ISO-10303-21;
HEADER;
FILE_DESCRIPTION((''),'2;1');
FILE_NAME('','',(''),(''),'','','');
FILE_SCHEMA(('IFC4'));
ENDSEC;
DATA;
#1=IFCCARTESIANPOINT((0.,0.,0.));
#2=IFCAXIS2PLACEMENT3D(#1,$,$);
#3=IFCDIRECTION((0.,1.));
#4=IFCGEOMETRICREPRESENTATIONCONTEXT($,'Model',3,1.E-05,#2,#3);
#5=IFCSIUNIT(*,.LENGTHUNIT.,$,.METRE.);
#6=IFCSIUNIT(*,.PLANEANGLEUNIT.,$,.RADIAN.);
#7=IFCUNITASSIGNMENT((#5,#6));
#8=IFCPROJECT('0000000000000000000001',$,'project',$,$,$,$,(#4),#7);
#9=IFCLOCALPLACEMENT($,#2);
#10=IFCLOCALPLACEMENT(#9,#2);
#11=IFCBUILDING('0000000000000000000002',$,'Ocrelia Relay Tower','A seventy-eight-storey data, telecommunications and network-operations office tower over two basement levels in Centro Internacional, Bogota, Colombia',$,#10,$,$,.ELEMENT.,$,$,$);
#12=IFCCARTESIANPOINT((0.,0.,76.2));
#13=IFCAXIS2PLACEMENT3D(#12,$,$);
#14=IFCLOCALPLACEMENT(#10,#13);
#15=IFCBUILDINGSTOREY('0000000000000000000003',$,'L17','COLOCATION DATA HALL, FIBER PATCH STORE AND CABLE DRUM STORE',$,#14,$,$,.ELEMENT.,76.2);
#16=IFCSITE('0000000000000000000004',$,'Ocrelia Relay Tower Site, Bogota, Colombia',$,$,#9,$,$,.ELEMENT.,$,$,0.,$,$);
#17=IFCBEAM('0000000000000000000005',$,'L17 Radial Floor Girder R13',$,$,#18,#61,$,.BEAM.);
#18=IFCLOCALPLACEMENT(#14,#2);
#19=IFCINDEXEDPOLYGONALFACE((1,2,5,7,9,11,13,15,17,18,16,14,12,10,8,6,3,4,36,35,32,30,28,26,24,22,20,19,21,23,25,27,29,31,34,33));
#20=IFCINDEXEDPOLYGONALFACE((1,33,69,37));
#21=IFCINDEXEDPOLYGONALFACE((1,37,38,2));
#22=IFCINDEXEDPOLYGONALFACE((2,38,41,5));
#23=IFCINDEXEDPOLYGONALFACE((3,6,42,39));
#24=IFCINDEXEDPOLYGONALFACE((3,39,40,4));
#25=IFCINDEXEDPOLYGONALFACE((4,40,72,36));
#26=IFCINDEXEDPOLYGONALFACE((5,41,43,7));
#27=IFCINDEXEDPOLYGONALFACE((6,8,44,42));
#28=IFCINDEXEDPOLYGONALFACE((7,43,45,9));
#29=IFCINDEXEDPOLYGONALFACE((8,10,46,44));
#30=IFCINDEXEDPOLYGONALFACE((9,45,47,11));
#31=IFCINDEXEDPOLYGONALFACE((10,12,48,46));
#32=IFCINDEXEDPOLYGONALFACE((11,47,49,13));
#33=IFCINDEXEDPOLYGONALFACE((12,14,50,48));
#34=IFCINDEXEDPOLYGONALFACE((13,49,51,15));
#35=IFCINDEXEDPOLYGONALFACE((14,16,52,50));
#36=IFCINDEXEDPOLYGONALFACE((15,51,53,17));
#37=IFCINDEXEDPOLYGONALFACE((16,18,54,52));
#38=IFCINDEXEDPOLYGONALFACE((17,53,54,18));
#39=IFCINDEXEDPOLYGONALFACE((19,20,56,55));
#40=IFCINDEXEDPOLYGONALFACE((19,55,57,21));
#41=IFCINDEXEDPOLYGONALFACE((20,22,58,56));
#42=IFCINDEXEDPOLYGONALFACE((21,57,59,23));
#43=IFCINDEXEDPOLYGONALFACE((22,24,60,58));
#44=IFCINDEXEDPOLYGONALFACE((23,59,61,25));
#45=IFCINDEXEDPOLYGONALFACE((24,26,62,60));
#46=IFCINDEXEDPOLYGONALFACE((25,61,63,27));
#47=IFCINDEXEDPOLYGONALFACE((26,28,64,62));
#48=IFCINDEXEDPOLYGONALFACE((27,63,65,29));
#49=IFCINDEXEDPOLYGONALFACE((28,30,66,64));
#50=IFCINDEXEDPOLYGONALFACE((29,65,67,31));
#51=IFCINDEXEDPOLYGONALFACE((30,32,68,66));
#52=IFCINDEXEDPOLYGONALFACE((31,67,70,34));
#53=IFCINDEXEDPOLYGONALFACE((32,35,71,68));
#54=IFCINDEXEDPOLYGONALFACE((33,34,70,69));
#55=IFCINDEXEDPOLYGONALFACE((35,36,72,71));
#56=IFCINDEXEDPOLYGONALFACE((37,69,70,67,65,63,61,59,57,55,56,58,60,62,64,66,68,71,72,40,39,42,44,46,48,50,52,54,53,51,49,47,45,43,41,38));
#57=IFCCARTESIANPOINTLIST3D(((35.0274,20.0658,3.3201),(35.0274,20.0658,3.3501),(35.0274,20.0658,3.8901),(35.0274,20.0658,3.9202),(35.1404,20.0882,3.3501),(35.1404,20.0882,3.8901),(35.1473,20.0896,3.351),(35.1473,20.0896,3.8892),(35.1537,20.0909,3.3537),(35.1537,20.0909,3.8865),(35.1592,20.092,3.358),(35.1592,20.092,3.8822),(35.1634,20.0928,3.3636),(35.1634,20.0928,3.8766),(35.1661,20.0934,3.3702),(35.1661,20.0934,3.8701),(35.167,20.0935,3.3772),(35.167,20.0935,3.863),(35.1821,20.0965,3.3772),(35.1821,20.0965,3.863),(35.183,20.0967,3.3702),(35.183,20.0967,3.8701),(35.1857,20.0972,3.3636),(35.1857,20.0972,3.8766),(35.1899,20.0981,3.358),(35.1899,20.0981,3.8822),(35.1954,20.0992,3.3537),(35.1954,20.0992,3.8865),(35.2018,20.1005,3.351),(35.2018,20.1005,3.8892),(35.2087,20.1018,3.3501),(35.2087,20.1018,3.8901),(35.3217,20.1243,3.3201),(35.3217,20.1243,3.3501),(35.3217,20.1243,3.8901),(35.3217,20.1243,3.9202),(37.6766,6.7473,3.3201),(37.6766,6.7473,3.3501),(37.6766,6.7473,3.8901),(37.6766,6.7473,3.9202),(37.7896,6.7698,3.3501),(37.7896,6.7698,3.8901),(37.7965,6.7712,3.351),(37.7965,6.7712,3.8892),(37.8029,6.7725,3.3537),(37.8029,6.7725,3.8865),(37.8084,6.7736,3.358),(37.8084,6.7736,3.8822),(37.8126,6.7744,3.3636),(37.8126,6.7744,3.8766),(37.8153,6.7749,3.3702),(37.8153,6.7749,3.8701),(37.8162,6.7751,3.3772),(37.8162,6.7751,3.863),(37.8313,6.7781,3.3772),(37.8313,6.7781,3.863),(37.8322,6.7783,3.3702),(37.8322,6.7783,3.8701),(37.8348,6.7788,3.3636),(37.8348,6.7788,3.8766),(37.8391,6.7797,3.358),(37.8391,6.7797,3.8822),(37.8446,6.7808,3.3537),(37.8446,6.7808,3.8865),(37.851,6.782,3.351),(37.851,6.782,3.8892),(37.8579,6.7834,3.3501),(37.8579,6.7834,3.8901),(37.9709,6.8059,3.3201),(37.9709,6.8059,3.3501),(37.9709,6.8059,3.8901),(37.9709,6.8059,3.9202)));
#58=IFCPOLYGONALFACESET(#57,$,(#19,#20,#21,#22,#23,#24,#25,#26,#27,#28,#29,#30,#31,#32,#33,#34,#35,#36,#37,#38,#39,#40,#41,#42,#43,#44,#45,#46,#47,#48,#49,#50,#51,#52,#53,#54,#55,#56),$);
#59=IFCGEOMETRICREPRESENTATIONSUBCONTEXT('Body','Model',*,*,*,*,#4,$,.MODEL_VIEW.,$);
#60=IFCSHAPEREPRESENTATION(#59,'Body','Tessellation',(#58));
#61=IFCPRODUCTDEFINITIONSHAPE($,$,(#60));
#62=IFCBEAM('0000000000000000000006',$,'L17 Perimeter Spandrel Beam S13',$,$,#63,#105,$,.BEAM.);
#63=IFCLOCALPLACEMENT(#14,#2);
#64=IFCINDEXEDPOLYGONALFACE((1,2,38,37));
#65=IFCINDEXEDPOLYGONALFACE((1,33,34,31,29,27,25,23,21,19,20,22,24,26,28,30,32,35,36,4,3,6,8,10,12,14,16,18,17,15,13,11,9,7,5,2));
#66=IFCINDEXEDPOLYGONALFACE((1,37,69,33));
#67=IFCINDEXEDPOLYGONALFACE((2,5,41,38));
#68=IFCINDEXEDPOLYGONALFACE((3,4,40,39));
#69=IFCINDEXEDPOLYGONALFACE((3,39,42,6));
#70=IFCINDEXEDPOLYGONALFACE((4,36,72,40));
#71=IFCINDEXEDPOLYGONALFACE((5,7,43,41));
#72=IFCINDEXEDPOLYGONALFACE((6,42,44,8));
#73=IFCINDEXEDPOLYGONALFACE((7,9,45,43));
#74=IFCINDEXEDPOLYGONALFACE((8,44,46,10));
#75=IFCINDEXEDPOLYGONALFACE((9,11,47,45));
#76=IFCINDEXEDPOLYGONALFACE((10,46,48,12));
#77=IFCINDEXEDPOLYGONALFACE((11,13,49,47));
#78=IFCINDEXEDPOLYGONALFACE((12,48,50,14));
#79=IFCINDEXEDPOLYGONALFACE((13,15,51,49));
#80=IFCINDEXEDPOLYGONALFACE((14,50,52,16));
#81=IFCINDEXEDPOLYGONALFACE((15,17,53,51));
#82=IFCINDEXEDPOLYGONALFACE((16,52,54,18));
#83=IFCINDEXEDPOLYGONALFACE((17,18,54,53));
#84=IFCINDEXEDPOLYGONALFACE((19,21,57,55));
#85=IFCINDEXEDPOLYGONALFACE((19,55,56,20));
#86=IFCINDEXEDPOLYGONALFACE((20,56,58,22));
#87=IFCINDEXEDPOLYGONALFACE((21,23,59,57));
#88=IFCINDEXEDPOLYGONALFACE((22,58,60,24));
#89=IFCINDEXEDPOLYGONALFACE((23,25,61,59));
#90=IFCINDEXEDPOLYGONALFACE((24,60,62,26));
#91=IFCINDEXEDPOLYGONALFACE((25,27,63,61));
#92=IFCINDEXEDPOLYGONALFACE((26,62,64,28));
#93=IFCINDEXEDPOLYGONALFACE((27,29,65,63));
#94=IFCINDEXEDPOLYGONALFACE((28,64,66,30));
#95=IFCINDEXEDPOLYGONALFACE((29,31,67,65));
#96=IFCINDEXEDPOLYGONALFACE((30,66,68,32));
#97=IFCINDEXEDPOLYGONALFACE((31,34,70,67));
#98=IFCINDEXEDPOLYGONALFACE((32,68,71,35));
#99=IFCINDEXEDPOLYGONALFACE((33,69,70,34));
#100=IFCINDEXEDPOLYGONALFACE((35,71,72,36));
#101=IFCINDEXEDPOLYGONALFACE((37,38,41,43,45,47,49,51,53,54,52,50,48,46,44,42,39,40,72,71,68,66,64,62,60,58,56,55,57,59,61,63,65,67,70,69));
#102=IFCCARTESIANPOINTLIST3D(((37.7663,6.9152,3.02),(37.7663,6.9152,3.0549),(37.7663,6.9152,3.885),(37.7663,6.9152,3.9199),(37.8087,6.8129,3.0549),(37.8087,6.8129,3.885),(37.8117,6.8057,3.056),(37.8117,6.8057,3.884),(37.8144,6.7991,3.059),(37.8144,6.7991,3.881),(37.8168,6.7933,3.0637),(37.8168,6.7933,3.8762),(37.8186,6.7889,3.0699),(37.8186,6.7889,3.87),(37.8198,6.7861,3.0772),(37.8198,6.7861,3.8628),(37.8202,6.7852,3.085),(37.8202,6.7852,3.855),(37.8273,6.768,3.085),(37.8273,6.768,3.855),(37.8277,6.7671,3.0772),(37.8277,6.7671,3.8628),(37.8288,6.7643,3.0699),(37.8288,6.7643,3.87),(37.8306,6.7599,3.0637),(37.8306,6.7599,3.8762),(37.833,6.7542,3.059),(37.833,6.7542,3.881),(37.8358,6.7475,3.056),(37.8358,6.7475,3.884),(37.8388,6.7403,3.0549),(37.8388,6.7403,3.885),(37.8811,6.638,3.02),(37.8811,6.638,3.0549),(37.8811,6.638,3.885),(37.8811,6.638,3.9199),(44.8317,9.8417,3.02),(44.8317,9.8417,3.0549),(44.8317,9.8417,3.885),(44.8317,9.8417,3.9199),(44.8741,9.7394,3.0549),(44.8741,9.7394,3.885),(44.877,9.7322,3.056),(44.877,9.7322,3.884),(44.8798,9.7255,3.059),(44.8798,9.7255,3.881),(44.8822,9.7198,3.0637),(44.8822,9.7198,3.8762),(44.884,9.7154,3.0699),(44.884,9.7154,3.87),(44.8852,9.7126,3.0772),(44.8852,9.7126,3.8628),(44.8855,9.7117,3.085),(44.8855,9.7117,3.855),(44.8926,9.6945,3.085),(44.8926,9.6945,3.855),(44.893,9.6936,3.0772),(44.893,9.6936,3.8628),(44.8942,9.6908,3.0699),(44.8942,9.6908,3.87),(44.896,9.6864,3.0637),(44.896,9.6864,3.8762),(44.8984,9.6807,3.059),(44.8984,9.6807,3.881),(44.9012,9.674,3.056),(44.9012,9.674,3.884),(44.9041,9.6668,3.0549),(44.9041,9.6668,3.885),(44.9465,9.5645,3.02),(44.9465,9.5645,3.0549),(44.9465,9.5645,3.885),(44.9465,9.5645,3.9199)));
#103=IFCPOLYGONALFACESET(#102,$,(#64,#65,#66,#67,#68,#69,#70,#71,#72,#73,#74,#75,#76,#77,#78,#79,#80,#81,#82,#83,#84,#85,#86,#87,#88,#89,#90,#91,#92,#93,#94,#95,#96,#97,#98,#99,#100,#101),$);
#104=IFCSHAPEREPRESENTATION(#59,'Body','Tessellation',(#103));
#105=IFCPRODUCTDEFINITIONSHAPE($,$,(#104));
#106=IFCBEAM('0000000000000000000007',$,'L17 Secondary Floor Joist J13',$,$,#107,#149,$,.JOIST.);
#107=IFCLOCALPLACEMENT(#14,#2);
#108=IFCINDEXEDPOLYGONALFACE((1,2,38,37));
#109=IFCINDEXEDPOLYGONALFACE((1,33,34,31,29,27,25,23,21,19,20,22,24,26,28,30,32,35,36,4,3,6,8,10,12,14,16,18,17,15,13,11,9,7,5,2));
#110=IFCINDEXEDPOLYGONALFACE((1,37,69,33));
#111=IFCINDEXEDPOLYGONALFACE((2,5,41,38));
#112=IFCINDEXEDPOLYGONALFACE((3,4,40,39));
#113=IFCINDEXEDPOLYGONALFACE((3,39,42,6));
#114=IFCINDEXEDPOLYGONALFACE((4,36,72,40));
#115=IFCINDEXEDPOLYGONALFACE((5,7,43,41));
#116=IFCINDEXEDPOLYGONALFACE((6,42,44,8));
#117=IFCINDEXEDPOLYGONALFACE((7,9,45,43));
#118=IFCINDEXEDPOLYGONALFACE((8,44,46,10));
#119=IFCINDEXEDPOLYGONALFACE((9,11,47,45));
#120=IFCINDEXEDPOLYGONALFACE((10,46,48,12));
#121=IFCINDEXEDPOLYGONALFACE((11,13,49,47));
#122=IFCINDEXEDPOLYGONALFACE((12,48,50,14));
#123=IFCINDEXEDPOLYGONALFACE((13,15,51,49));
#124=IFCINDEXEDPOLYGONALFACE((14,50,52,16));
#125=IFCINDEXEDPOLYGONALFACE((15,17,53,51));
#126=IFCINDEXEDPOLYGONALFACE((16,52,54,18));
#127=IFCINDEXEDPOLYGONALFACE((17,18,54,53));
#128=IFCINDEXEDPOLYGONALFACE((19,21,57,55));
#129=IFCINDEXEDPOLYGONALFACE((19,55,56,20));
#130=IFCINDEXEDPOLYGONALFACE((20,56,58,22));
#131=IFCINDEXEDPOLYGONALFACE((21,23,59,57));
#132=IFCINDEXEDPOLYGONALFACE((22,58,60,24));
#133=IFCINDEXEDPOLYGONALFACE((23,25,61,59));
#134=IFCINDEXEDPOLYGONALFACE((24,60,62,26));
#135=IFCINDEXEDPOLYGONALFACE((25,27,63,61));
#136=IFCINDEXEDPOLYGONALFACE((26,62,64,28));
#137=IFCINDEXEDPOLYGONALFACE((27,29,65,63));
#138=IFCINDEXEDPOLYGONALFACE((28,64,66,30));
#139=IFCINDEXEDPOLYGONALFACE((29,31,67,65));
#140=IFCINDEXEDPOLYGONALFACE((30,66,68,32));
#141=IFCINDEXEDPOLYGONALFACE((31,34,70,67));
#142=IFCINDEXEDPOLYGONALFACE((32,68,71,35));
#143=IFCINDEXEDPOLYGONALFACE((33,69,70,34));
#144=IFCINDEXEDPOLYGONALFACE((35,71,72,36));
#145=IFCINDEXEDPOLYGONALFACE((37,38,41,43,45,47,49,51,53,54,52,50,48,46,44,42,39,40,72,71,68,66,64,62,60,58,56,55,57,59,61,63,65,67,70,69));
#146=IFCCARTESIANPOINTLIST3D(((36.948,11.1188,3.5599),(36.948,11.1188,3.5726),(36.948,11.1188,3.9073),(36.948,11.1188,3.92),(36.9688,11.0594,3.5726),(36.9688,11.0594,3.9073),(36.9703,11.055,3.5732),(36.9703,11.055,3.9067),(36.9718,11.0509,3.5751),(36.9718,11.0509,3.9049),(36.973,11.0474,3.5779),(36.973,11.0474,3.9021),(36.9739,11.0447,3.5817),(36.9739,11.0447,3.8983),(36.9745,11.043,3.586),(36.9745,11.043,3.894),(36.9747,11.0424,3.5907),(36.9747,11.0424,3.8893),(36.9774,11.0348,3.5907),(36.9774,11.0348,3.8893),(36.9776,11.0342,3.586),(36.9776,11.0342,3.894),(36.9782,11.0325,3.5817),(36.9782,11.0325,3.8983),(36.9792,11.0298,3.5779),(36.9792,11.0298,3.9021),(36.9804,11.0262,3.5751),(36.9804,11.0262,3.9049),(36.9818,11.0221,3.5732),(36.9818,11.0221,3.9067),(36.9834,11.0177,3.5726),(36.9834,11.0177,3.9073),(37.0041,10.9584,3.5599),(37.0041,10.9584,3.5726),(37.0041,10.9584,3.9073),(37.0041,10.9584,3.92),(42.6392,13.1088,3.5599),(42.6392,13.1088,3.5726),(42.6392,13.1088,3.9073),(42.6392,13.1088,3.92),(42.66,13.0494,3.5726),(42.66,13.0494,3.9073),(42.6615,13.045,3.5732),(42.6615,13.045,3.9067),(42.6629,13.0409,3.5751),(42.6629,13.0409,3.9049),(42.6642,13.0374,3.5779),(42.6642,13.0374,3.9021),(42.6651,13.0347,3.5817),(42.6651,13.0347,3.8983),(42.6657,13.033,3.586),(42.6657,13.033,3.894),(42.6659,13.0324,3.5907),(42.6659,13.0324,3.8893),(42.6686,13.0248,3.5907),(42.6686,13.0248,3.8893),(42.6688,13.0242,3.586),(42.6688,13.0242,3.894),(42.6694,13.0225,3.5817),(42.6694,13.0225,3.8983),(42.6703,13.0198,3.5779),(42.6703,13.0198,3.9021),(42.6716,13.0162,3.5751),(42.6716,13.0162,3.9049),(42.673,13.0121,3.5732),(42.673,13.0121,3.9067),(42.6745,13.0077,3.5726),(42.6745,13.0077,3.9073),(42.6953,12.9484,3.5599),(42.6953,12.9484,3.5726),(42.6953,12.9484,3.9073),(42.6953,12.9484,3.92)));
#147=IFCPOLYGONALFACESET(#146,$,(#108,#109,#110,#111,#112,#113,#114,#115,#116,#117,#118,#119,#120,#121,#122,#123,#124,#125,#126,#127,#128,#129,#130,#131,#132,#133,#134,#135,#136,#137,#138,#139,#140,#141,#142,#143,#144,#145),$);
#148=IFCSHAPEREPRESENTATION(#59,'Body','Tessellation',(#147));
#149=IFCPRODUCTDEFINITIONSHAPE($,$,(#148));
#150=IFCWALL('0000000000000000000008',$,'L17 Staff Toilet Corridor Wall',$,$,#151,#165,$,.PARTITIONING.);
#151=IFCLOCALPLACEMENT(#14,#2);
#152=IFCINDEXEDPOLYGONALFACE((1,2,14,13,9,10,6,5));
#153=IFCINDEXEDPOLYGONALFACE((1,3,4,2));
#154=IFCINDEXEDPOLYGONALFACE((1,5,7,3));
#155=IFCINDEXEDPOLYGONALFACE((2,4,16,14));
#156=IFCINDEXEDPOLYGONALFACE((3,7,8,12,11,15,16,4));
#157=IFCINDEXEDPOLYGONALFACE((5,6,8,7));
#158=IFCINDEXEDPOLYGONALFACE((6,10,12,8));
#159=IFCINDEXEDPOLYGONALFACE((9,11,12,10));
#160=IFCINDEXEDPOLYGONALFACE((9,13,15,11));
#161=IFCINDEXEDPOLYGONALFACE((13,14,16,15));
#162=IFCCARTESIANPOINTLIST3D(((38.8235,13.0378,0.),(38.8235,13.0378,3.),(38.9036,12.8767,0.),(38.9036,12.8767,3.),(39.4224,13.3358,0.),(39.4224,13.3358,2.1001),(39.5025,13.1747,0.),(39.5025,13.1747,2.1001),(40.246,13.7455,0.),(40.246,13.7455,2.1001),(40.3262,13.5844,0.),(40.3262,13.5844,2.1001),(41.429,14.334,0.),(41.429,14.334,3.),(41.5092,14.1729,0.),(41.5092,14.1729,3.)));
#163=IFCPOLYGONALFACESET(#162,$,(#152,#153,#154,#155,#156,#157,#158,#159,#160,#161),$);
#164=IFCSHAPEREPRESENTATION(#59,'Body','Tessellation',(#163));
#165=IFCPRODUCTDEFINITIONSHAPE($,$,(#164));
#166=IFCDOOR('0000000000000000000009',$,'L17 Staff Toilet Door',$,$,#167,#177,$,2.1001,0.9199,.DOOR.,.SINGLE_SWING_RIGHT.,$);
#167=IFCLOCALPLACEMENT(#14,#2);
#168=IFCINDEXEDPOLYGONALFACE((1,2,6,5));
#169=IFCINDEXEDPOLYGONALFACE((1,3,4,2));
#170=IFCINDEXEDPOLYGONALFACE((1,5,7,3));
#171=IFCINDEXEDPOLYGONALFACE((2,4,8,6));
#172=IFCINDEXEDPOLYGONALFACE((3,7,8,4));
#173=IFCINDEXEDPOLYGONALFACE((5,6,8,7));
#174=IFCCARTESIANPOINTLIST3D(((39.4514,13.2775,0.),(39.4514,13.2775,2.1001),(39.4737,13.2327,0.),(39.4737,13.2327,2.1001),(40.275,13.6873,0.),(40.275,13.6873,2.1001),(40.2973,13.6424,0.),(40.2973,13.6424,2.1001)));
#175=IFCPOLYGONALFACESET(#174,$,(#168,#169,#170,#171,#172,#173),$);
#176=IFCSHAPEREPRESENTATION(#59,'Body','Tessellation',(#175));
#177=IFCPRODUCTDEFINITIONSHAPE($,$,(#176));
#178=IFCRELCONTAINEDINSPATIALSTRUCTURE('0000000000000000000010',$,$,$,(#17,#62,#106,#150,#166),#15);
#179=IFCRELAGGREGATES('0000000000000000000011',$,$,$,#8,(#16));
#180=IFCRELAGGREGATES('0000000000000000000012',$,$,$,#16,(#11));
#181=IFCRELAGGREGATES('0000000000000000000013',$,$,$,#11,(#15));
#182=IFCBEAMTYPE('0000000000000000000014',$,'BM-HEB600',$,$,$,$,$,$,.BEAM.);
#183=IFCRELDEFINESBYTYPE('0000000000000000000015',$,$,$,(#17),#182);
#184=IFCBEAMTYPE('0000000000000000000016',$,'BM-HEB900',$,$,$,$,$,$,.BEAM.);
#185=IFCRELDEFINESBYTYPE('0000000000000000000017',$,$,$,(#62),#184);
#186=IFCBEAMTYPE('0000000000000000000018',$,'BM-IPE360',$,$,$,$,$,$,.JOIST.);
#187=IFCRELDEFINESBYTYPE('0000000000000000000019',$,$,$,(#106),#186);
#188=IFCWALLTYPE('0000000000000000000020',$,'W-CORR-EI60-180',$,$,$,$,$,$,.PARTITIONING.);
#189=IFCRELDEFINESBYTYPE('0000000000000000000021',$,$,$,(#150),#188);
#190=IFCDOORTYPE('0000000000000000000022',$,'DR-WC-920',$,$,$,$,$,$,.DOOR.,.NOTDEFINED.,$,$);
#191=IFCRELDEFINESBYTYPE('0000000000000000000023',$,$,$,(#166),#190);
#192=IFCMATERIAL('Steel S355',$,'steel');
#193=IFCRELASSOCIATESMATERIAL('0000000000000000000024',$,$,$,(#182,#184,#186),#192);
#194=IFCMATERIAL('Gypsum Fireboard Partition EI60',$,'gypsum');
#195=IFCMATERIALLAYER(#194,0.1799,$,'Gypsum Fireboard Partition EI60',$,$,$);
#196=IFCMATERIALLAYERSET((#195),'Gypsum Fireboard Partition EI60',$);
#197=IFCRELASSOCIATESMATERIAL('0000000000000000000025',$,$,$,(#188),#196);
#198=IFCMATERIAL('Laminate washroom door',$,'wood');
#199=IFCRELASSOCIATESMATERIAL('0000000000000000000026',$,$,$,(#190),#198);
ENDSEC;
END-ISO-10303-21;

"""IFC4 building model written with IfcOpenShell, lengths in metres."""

from ifc_helpers import new_model, si_unit, direction, frame, frame_2d, origin, origin_2d, place, context, subcontext, project, spatial, rectangle, i_section, extrude, material, layer, layer_set, material_profile, profile_set, type_object, element, fill, save


model = new_model("IFC4")

# Units and contexts
model_context = context("Model", 3, precision=1e-05, world=origin(), true_north=direction((0.0, 1.0)))
body_context = subcontext(model_context, "Body", "Model", "MODEL_VIEW")
ifc_project = project(units=[si_unit("LENGTHUNIT", "METRE"), si_unit("PLANEANGLEUNIT", "RADIAN")], contexts=[model_context])

# Site, building, storey
site_placement = place(None, origin())
site = spatial("IfcSite", under=ifc_project, at=site_placement, Name="Ocrelia Relay Tower Site, Bogota, Colombia", CompositionType="ELEMENT", RefElevation=0.0)
building_placement = place(site_placement, origin())
building = spatial("IfcBuilding", under=site, at=building_placement, Name="Ocrelia Relay Tower", Description="A seventy-eight-storey data, telecommunications and network-operations office tower over two basement levels in Centro Internacional, Bogota, Colombia", CompositionType="ELEMENT")
storey_placement = place(building_placement, frame((0.0, 0.0, 76.2)))
storey = spatial("IfcBuildingStorey", under=building, at=storey_placement, Name="L17", Description="COLOCATION DATA HALL, FIBER PATCH STORE AND CABLE DRUM STORE", CompositionType="ELEMENT", Elevation=76.2)

# Beams
ifc_material_1 = material(Name="Steel S355", Category="steel")
ifc_material_profile_1 = material_profile(ifc_material_1, i_section(OverallWidth=0.3, OverallDepth=0.6001, WebThickness=0.0154, FlangeThickness=0.03, FilletRadius=0.0271, at=origin_2d()), Name="HEB 600")
ifc_profile_set_1 = profile_set([ifc_material_profile_1], Name="Steel S355")
beam_type_1 = type_object("IfcBeamType", Name="BM-HEB600", PredefinedType="BEAM", material=ifc_profile_set_1)
beam_1_placement = place(storey_placement, frame((37.8237, 6.7766, 3.6201), z_axis=(-0.195089, 0.980786, 0.0), x_axis=(-0.980786, -0.195089, 0.0)))
element("IfcBeam", 1, at=beam_1_placement, inside=storey, type_object=beam_type_1, Name="L17 Radial Floor Girder R13", PredefinedType="BEAM", context=body_context, shape_type="SweptSolid", body=[
    extrude(i_section(OverallWidth=0.3, OverallDepth=0.6001, WebThickness=0.0154, FlangeThickness=0.03, FilletRadius=0.0271, at=origin_2d()), origin(), (0.0, 0.0, 1.0), 13.5793),
])
ifc_material_profile_2 = material_profile(ifc_material_1, i_section(OverallWidth=0.3, OverallDepth=0.8999, WebThickness=0.0186, FlangeThickness=0.0349, FilletRadius=0.03, at=origin_2d()), Name="HEB 900")
ifc_profile_set_2 = profile_set([ifc_material_profile_2], Name="Steel S355")
beam_type_2 = type_object("IfcBeamType", Name="BM-HEB900", PredefinedType="BEAM", material=ifc_profile_set_2)
beam_2_placement = place(storey_placement, frame((37.8237, 6.7766, 3.47), z_axis=(0.923883, 0.382674, 0.0), x_axis=(-0.382674, 0.923883, 0.0)))
element("IfcBeam", 2, at=beam_2_placement, inside=storey, type_object=beam_type_2, Name="L17 Perimeter Spandrel Beam S13", PredefinedType="BEAM", context=body_context, shape_type="SweptSolid", body=[
    extrude(i_section(OverallWidth=0.3, OverallDepth=0.8999, WebThickness=0.0186, FlangeThickness=0.0349, FilletRadius=0.03, at=origin_2d()), origin(), (0.0, 0.0, 1.0), 7.6475),
])
ifc_material_profile_3 = material_profile(ifc_material_1, i_section(OverallWidth=0.1699, OverallDepth=0.3601, WebThickness=0.0081, FlangeThickness=0.0127, FilletRadius=0.0181, at=origin_2d()), Name="IPE 360")
ifc_profile_set_3 = profile_set([ifc_material_profile_3], Name="Steel S355")
beam_type_3 = type_object("IfcBeamType", Name="BM-IPE360", PredefinedType="JOIST", material=ifc_profile_set_3)
beam_3_placement = place(storey_placement, frame((36.9761, 11.0386, 3.74), z_axis=(0.943957, 0.330067, 0.0), x_axis=(-0.330067, 0.943957, 0.0)))
element("IfcBeam", 3, at=beam_3_placement, inside=storey, type_object=beam_type_3, Name="L17 Secondary Floor Joist J13", PredefinedType="JOIST", context=body_context, shape_type="SweptSolid", body=[
    extrude(i_section(OverallWidth=0.1699, OverallDepth=0.3601, WebThickness=0.0081, FlangeThickness=0.0127, FilletRadius=0.0181, at=origin_2d()), origin(), (0.0, 0.0, 1.0), 6.0291),
])

# Wall, opening, door
ifc_material_2 = material(Name="Gypsum Fireboard Partition EI60", Category="gypsum")
ifc_layer_1 = layer(ifc_material_2, 0.1799, Name="Gypsum Fireboard Partition EI60")
ifc_layer_set_1 = layer_set([ifc_layer_1], Name="Gypsum Fireboard Partition EI60")
wall_type_1 = type_object("IfcWallType", Name="W-CORR-EI60-180", PredefinedType="PARTITIONING", material=ifc_layer_set_1)
wall_1_placement = place(storey_placement, frame((38.8635, 12.9573, 0.0), z_axis=(0.0, 0.0, 1.0), x_axis=(0.895331, 0.445401, 0.0)))
wall_1 = element("IfcWall", 4, at=wall_1_placement, inside=storey, type_object=wall_type_1, Name="L17 Staff Toilet Corridor Wall", PredefinedType="PARTITIONING", context=body_context, shape_type="SweptSolid", body=[
    extrude(rectangle(XDim=2.9102, YDim=0.1799, at=frame_2d((1.4551, 0.0))), origin(), (0.0, 0.0, 1.0), 3.0),
])
opening_1_placement = place(wall_1_placement, frame((0.6689, 0.0, 0.0)))
opening_1 = element("IfcOpeningElement", 5, at=opening_1_placement, cuts=wall_1, PredefinedType="OPENING", context=body_context, shape_type="SweptSolid", body=[
    extrude(rectangle(XDim=0.9199, YDim=2.1001, at=frame_2d((0.46, 1.05))), frame((0.0, 0.1001, 0.0), z_axis=(0.0, -1.0, 0.0), x_axis=(1.0, 0.0, 0.0)), (0.0, 0.0, 1.0), 0.2),
])
ifc_material_3 = material(Name="Laminate washroom door", Category="wood")
door_type_1 = type_object("IfcDoorType", Name="DR-WC-920", OperationType="NOTDEFINED", PredefinedType="DOOR", material=ifc_material_3)
door_1_placement = place(opening_1_placement, origin())
door_1 = element("IfcDoor", 6, at=door_1_placement, inside=storey, type_object=door_type_1, Name="L17 Staff Toilet Door", OperationType="SINGLE_SWING_RIGHT", OverallHeight=2.1001, OverallWidth=0.9199, PredefinedType="DOOR", context=body_context, shape_type="SweptSolid", body=[
    extrude(rectangle(XDim=0.9199, YDim=2.1001, at=frame_2d((0.46, 1.05))), frame((0.0, 0.0249, 0.0), z_axis=(0.0, -1.0, 0.0), x_axis=(1.0, 0.0, 0.0)), (0.0, 0.0, 1.0), 0.05),
])
fill(opening_1, door_1)

save(model, "model.ifc")
